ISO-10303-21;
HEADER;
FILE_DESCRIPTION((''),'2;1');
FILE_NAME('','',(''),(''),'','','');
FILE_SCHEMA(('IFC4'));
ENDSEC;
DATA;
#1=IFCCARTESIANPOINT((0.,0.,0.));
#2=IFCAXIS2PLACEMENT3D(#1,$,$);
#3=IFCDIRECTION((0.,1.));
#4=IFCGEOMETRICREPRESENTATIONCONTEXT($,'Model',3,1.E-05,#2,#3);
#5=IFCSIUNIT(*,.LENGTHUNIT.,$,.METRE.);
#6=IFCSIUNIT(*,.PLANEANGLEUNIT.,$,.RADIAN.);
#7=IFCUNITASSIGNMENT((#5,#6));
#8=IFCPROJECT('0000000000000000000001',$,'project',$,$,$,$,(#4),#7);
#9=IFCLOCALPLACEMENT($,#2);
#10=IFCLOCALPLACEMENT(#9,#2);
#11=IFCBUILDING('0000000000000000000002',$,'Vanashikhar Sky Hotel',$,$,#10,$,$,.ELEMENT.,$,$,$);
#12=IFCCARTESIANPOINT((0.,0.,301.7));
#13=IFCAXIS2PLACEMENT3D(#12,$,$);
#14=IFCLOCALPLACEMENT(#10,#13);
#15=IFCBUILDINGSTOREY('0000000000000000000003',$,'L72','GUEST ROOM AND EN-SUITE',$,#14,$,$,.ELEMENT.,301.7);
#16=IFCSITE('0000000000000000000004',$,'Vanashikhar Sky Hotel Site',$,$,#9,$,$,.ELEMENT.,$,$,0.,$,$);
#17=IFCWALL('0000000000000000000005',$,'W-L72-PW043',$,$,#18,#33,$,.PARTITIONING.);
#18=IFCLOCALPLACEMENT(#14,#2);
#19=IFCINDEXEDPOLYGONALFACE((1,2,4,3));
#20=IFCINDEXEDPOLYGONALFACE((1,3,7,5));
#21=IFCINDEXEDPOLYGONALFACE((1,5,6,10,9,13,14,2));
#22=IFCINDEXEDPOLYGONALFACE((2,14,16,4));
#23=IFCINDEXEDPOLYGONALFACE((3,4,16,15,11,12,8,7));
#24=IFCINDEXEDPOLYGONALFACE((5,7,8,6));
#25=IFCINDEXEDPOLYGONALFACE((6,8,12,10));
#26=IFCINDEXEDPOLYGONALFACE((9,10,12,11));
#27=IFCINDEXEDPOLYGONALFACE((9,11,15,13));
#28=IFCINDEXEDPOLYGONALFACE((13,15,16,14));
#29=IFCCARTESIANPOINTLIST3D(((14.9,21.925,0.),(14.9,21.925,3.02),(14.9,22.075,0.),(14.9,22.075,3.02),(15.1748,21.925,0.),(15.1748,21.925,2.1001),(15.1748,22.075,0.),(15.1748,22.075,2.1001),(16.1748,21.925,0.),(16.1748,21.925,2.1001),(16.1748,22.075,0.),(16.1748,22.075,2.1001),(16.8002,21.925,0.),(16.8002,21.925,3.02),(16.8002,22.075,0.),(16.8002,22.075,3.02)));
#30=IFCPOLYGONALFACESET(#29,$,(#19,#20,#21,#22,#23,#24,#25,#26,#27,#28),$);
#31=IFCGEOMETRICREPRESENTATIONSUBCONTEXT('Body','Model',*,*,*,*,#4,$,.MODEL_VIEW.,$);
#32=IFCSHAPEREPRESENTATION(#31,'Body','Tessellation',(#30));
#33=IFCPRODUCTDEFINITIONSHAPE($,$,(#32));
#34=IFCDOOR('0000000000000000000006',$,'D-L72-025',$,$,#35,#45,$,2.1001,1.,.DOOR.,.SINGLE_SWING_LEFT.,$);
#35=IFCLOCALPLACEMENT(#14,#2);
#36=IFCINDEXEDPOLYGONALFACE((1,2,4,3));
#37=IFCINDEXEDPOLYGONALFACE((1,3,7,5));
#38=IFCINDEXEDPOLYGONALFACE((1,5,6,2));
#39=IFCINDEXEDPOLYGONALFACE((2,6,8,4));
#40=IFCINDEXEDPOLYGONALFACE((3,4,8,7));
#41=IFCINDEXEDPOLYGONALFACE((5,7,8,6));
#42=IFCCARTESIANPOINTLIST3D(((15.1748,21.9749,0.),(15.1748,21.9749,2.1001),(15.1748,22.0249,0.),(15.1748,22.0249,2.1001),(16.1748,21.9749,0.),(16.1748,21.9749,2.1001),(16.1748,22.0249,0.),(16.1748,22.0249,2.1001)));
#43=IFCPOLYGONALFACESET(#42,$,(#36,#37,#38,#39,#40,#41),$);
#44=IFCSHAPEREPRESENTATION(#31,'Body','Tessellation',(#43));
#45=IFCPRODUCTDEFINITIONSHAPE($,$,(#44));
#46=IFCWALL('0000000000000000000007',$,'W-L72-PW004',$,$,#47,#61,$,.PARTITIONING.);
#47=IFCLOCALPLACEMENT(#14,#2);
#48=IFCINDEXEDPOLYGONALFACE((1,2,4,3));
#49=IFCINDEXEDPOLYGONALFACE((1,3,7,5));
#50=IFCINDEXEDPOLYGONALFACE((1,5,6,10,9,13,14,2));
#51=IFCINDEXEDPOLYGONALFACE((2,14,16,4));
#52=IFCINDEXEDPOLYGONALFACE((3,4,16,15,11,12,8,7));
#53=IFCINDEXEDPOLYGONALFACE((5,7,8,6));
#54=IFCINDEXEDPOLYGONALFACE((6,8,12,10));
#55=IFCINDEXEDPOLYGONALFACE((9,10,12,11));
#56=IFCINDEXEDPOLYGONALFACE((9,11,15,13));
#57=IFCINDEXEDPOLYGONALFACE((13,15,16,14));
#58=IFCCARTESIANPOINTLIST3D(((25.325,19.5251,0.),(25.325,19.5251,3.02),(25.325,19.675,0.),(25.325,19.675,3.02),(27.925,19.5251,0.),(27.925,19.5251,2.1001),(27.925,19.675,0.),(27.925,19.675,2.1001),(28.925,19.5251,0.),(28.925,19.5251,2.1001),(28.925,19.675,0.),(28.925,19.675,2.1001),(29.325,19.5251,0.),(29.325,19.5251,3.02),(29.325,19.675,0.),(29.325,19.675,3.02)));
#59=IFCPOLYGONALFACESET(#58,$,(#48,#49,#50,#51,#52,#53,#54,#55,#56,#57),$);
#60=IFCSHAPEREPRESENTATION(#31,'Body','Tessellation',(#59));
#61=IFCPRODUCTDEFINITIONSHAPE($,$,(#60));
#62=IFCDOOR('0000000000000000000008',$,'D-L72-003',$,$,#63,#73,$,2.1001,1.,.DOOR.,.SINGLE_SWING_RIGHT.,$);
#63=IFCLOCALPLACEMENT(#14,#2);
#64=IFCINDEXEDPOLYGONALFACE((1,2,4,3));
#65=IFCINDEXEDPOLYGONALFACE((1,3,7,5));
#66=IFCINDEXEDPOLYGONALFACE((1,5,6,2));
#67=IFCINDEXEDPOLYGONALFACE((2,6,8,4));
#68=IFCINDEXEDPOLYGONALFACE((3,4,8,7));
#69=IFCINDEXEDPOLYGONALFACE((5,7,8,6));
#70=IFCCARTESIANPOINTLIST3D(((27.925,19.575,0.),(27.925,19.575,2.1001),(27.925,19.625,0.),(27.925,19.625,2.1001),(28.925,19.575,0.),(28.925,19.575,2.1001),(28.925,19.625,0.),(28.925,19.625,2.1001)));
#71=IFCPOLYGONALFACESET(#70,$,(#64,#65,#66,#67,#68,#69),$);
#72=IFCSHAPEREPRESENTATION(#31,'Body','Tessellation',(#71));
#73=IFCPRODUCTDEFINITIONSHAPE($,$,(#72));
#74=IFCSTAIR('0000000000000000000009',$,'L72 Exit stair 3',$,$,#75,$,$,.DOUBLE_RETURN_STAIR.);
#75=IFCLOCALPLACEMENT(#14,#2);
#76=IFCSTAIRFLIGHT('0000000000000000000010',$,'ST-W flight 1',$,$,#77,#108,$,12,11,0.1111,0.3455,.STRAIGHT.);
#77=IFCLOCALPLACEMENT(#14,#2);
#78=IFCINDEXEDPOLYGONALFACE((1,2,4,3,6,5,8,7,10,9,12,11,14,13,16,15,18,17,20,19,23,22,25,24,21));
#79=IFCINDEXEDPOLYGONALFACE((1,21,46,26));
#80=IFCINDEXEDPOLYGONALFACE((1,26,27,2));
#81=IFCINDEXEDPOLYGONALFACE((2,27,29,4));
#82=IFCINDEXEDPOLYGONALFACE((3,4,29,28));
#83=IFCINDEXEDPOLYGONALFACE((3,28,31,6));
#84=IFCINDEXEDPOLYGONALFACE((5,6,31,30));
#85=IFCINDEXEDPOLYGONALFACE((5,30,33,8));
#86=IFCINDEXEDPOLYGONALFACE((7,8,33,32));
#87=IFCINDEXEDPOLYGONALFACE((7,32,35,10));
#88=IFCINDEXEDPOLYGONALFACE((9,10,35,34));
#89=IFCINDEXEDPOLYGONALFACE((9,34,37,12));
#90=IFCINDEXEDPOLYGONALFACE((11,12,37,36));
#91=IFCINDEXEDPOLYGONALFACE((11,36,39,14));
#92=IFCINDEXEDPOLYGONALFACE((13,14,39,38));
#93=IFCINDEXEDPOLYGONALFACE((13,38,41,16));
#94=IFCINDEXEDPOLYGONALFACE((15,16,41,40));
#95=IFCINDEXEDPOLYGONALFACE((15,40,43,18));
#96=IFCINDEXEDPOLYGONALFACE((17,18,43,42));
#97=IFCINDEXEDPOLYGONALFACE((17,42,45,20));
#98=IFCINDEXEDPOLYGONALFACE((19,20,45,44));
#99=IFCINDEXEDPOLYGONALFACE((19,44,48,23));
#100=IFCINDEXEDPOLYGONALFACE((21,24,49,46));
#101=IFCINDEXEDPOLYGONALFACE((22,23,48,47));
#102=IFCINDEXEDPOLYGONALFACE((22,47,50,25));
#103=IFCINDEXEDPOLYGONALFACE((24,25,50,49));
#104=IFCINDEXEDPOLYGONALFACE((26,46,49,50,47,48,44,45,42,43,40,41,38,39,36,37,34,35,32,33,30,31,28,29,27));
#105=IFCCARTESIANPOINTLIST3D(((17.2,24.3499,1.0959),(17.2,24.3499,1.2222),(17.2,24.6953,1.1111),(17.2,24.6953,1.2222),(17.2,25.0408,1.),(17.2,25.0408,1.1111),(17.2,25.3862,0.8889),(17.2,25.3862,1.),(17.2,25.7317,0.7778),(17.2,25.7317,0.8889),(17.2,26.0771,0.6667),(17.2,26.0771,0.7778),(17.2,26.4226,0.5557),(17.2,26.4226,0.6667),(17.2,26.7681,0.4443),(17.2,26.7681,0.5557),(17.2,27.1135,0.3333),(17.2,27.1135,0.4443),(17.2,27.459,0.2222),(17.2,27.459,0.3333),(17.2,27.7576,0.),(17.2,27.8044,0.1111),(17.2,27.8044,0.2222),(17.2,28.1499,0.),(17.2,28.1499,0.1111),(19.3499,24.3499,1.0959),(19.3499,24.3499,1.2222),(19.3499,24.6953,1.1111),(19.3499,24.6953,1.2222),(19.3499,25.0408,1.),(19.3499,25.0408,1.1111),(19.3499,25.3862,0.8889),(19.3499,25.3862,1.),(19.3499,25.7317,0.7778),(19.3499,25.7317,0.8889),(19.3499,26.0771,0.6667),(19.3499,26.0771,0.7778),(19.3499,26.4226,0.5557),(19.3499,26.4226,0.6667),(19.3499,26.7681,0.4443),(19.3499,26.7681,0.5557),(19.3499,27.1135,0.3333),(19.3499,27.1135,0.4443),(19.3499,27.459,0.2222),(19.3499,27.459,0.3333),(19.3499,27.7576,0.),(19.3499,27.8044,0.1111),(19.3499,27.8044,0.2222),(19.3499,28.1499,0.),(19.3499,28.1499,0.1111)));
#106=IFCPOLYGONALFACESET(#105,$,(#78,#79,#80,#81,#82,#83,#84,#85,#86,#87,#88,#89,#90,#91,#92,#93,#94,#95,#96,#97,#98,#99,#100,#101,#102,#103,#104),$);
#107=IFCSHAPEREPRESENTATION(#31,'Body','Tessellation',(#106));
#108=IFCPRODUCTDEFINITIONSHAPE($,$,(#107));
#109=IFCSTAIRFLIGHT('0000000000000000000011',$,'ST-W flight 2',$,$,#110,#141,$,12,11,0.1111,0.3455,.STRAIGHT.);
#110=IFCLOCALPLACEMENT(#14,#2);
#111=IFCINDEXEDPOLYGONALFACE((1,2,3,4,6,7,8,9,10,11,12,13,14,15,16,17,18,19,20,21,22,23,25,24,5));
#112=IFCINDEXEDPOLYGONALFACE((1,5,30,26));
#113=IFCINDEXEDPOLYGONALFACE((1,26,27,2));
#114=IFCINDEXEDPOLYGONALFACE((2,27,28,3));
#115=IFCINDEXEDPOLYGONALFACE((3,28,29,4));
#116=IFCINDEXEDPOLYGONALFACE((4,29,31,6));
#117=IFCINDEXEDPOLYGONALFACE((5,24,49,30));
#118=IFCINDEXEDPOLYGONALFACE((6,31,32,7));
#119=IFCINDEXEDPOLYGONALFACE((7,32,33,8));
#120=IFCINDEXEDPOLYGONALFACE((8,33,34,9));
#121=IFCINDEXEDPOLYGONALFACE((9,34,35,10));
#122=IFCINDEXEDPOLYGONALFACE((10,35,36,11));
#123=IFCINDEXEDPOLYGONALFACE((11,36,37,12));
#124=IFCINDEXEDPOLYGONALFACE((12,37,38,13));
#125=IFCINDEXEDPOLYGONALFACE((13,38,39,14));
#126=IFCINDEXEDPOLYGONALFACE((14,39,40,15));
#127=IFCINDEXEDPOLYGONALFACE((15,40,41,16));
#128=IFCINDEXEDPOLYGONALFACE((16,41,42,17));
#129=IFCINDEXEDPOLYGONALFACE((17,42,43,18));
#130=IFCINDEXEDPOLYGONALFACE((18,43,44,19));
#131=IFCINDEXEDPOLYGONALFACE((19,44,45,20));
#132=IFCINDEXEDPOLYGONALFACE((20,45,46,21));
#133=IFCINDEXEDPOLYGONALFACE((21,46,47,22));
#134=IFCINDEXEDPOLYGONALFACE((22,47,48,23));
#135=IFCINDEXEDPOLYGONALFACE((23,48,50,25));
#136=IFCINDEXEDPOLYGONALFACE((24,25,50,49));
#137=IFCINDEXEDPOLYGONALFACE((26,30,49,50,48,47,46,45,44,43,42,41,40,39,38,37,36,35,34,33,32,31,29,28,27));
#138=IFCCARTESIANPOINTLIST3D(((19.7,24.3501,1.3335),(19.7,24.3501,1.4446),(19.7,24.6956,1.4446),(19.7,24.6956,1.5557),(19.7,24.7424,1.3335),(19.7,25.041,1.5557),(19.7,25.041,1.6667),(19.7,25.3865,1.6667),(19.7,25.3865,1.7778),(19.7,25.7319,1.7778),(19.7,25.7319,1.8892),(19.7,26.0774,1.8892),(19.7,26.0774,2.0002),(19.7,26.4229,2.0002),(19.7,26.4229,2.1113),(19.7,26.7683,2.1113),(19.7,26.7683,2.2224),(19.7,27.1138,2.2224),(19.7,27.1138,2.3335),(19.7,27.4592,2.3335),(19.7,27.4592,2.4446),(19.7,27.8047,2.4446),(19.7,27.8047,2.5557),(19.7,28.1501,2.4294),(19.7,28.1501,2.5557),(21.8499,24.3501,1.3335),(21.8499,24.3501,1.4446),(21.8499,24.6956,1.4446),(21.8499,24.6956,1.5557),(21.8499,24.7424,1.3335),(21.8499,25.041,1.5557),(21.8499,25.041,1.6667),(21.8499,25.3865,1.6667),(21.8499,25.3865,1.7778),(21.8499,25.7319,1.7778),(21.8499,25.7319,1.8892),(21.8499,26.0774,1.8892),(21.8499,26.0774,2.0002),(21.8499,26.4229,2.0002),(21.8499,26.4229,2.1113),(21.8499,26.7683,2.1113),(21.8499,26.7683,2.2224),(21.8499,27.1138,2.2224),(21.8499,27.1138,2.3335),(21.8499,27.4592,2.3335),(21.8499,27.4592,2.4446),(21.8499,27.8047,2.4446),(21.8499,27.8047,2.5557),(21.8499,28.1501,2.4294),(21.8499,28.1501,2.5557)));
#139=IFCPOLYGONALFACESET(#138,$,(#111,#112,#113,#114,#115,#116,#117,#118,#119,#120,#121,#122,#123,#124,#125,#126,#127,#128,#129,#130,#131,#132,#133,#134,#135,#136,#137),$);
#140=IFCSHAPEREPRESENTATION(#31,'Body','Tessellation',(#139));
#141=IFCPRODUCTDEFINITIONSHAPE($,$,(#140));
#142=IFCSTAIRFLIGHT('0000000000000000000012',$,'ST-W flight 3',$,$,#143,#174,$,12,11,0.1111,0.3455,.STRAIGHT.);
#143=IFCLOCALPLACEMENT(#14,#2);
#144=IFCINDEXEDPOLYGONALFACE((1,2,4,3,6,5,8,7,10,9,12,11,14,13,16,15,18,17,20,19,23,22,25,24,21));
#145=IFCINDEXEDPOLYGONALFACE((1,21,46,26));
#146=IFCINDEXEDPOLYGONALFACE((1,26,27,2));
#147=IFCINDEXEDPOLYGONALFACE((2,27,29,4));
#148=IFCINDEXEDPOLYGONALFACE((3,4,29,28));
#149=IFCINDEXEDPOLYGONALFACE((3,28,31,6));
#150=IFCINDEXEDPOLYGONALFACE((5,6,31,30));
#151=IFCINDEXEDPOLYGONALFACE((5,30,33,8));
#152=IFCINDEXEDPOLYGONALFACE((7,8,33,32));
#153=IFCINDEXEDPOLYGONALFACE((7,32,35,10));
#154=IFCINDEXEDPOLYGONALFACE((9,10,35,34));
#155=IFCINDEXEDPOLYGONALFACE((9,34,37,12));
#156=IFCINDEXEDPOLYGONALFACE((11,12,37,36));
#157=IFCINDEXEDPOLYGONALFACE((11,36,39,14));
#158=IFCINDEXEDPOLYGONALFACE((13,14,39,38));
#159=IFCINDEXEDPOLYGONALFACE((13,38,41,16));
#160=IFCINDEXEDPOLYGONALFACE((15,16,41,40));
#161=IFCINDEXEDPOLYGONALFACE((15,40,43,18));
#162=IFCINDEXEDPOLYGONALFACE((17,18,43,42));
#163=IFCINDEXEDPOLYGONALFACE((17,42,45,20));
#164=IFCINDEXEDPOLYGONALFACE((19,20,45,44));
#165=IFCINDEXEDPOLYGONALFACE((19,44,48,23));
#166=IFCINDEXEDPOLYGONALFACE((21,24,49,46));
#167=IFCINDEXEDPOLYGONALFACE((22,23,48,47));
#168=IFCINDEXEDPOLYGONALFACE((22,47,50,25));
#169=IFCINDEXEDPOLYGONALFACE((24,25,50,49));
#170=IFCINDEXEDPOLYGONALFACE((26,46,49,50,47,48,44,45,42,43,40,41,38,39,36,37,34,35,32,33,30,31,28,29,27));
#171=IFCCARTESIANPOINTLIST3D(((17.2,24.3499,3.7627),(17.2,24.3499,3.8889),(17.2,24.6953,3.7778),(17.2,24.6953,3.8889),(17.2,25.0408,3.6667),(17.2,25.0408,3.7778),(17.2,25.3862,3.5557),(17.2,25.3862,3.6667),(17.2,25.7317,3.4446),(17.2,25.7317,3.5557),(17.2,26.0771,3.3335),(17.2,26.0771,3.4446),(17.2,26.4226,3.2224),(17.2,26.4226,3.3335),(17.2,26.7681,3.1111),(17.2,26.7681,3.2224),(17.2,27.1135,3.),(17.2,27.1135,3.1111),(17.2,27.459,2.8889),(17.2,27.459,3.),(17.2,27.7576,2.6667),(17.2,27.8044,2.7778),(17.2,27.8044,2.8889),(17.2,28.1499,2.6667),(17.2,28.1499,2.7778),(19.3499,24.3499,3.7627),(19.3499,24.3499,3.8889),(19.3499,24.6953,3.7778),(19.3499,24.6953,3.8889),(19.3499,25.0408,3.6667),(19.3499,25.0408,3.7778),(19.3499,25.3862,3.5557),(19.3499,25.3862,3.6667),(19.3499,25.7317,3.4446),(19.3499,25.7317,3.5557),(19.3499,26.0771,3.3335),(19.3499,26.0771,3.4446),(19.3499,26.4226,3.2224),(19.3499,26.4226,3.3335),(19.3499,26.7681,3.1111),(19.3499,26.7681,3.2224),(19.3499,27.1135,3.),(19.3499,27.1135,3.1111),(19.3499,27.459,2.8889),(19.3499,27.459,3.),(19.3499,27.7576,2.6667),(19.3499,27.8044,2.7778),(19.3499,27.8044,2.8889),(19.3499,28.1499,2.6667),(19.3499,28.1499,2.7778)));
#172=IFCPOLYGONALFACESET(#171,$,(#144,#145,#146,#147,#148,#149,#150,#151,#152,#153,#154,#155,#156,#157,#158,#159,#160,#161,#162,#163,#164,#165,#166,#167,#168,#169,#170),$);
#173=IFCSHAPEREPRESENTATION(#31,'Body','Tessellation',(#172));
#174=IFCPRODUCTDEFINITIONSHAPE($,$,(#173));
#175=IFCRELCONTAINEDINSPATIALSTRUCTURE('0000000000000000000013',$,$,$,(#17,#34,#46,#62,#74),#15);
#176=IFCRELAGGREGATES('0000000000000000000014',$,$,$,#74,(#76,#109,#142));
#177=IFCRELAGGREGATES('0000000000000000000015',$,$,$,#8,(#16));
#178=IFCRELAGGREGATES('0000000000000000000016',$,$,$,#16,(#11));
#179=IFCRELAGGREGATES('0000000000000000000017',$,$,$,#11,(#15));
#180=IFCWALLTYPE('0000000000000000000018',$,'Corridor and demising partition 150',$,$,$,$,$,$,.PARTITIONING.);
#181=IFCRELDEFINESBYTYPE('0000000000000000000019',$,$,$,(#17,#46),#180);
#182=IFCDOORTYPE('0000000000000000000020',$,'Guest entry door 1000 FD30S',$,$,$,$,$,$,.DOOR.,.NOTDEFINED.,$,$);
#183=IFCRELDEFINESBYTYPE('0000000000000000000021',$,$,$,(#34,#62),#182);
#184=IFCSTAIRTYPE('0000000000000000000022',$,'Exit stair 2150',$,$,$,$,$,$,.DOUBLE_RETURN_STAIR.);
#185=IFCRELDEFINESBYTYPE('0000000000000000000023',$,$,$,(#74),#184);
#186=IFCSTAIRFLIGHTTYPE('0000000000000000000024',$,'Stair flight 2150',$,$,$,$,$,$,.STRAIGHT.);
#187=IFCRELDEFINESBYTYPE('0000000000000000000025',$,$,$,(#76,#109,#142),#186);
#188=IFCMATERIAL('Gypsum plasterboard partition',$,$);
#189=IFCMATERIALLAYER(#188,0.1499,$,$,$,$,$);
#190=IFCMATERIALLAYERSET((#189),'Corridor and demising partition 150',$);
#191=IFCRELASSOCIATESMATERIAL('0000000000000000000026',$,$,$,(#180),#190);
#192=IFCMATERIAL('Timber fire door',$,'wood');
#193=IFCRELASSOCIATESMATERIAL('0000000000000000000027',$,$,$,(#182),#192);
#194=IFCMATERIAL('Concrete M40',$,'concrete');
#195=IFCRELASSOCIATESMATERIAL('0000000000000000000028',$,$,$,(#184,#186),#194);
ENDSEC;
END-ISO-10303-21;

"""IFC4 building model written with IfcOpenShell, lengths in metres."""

from ifc_helpers import new_model, si_unit, direction, frame, frame_2d, origin, place, context, subcontext, project, spatial, polyline, rectangle, outline, extrude, source, transform, mapped, material, layer, layer_set, type_object, element, fill, aggregate, save


model = new_model("IFC4")

# Units and contexts
model_context = context("Model", 3, precision=1e-05, world=origin(), true_north=direction((0.0, 1.0)))
body_context = subcontext(model_context, "Body", "Model", "MODEL_VIEW")
ifc_project = project(units=[si_unit("LENGTHUNIT", "METRE"), si_unit("PLANEANGLEUNIT", "RADIAN")], contexts=[model_context])

# Site, building, storey
site_placement = place(None, origin())
site = spatial("IfcSite", under=ifc_project, at=site_placement, Name="Vanashikhar Sky Hotel Site", CompositionType="ELEMENT", RefElevation=0.0)
building_placement = place(site_placement, origin())
building = spatial("IfcBuilding", under=site, at=building_placement, Name="Vanashikhar Sky Hotel", CompositionType="ELEMENT")
storey_placement = place(building_placement, frame((0.0, 0.0, 301.7)))
storey = spatial("IfcBuildingStorey", under=building, at=storey_placement, Name="L72", Description="GUEST ROOM AND EN-SUITE", CompositionType="ELEMENT", Elevation=301.7)

# Walls, openings, doors
ifc_material_1 = material(Name="Gypsum plasterboard partition")
ifc_layer_1 = layer(ifc_material_1, 0.1499)
ifc_layer_set_1 = layer_set([ifc_layer_1], Name="Corridor and demising partition 150")
wall_type_1 = type_object("IfcWallType", Name="Corridor and demising partition 150", PredefinedType="PARTITIONING", material=ifc_layer_set_1)
ifc_material_2 = material(Name="Timber fire door", Category="wood")
shared_shape_1 = source(origin(), body_context, "Body", "SweptSolid", [
    extrude(rectangle(XDim=1.9001, YDim=0.1499, at=frame_2d((0.9502, 0.0))), origin(), (0.0, 0.0, 1.0), 3.02),
])
wall_1_placement = place(storey_placement, frame((14.8999, 22.0, 0.0), z_axis=(0.0, 0.0, 1.0), x_axis=(1.0, 0.0, 0.0)))
wall_1 = element("IfcWall", 1, at=wall_1_placement, inside=storey, type_object=wall_type_1, Name="W-L72-PW043", PredefinedType="PARTITIONING", context=body_context, shape_type="MappedRepresentation", body=[
    mapped(shared_shape_1, transform((0.0, 0.0, 0.0), scale=1.0)),
])
shared_shape_2 = source(origin(), body_context, "Body", "SweptSolid", [
    extrude(rectangle(XDim=1.0, YDim=2.1001, at=frame_2d((0.5, 1.05))), frame((0.0, 0.085, 0.0), z_axis=(0.0, -1.0, 0.0), x_axis=(1.0, 0.0, 0.0)), (0.0, 0.0, 1.0), 0.1699),
])
opening_1_placement = place(wall_1_placement, frame((0.2749, 0.0, 0.0)))
opening_1 = element("IfcOpeningElement", 2, at=opening_1_placement, cuts=wall_1, PredefinedType="OPENING", context=body_context, shape_type="MappedRepresentation", body=[
    mapped(shared_shape_2, transform((0.0, 0.0, 0.0), scale=1.0)),
])
door_type_1 = type_object("IfcDoorType", Name="Guest entry door 1000 FD30S", OperationType="NOTDEFINED", PredefinedType="DOOR", material=ifc_material_2)
shared_shape_3 = source(origin(), body_context, "Body", "SweptSolid", [
    extrude(rectangle(XDim=1.0, YDim=2.1001, at=frame_2d((0.5, 1.05))), frame((0.0, 0.0249, 0.0), z_axis=(0.0, -1.0, 0.0), x_axis=(1.0, 0.0, 0.0)), (0.0, 0.0, 1.0), 0.05),
])
door_1_placement = place(opening_1_placement, origin())
door_1 = element("IfcDoor", 3, at=door_1_placement, inside=storey, type_object=door_type_1, Name="D-L72-025", OperationType="SINGLE_SWING_LEFT", OverallHeight=2.1001, OverallWidth=1.0, PredefinedType="DOOR", context=body_context, shape_type="MappedRepresentation", body=[
    mapped(shared_shape_3, transform((0.0, 0.0, 0.0), scale=1.0)),
])
fill(opening_1, door_1)
shared_shape_4 = source(origin(), body_context, "Body", "SweptSolid", [
    extrude(rectangle(XDim=4.0, YDim=0.1499, at=frame_2d((2.0, 0.0))), origin(), (0.0, 0.0, 1.0), 3.02),
])
wall_2_placement = place(storey_placement, frame((25.325, 19.6001, 0.0), z_axis=(0.0, 0.0, 1.0), x_axis=(1.0, 0.0, 0.0)))
wall_2 = element("IfcWall", 4, at=wall_2_placement, inside=storey, type_object=wall_type_1, Name="W-L72-PW004", PredefinedType="PARTITIONING", context=body_context, shape_type="MappedRepresentation", body=[
    mapped(shared_shape_4, transform((0.0, 0.0, 0.0), scale=1.0)),
])
opening_2_placement = place(wall_2_placement, frame((2.6001, 0.0, 0.0)))
opening_2 = element("IfcOpeningElement", 5, at=opening_2_placement, cuts=wall_2, PredefinedType="OPENING", context=body_context, shape_type="MappedRepresentation", body=[
    mapped(shared_shape_2, transform((0.0, 0.0, 0.0), scale=1.0)),
])
door_2_placement = place(opening_2_placement, origin())
door_2 = element("IfcDoor", 6, at=door_2_placement, inside=storey, type_object=door_type_1, Name="D-L72-003", OperationType="SINGLE_SWING_RIGHT", OverallHeight=2.1001, OverallWidth=1.0, PredefinedType="DOOR", context=body_context, shape_type="MappedRepresentation", body=[
    mapped(shared_shape_3, transform((0.0, 0.0, 0.0), scale=1.0)),
])
fill(opening_2, door_2)

# Stair, stair flights
ifc_material_3 = material(Name="Concrete M40", Category="concrete")
stair_type = type_object("IfcStairType", Name="Exit stair 2150", PredefinedType="DOUBLE_RETURN_STAIR", material=ifc_material_3)
stair_placement = place(storey_placement, origin())
stair = element("IfcStair", 7, at=stair_placement, inside=storey, type_object=stair_type, Name="L72 Exit stair 3", PredefinedType="DOUBLE_RETURN_STAIR")
stair_flight_type = type_object("IfcStairFlightType", Name="Stair flight 2150", PredefinedType="STRAIGHT", material=ifc_material_3)
shared_shape_5 = source(origin(), body_context, "Body", "SweptSolid", [
    extrude(outline(polyline([(0.0, 0.0), (0.0, 0.1111), (0.3455, 0.1111), (0.3455, 0.2222), (0.6909, 0.2222), (0.6909, 0.3333), (1.0364, 0.3333), (1.0364, 0.4443), (1.3818, 0.4443), (1.3818, 0.5557), (1.7273, 0.5557), (1.7273, 0.6667), (2.0728, 0.6667), (2.0728, 0.7778), (2.4182, 0.7778), (2.4182, 0.8889), (2.7637, 0.8889), (2.7637, 1.0), (3.1091, 1.0), (3.1091, 1.1111), (3.4546, 1.1111), (3.4546, 1.2222), (3.8, 1.2222), (3.8, 1.3333), (3.8, 1.0959), (0.3923, 0.0), (0.0, 0.0)])), frame((0.0, 1.075, 0.0), z_axis=(0.0, -1.0, 0.0), x_axis=(1.0, 0.0, 0.0)), (0.0, 0.0, 1.0), 2.1499),
])
stair_flight_1_placement = place(storey_placement, frame((18.2749, 28.1499, 0.0), z_axis=(0.0, 0.0, 1.0), x_axis=(0.0, -1.0, 0.0)))
stair_flight_1 = element("IfcStairFlight", 8, at=stair_flight_1_placement, type_object=stair_flight_type, Name="ST-W flight 1", NumberOfRisers=12, NumberOfTreads=11, PredefinedType="STRAIGHT", RiserHeight=0.1111, TreadLength=0.3455, context=body_context, shape_type="MappedRepresentation", body=[
    mapped(shared_shape_5, transform((0.0, 0.0, 0.0), scale=1.0)),
])
stair_flight_2_placement = place(storey_placement, frame((20.7749, 24.3501, 1.3335), z_axis=(0.0, 0.0, 1.0), x_axis=(0.0, 1.0, 0.0)))
stair_flight_2 = element("IfcStairFlight", 9, at=stair_flight_2_placement, type_object=stair_flight_type, Name="ST-W flight 2", NumberOfRisers=12, NumberOfTreads=11, PredefinedType="STRAIGHT", RiserHeight=0.1111, TreadLength=0.3455, context=body_context, shape_type="MappedRepresentation", body=[
    mapped(shared_shape_5, transform((0.0, 0.0, 0.0), scale=1.0)),
])
stair_flight_3_placement = place(storey_placement, frame((18.2749, 28.1499, 2.6667), z_axis=(0.0, 0.0, 1.0), x_axis=(0.0, -1.0, 0.0)))
stair_flight_3 = element("IfcStairFlight", 10, at=stair_flight_3_placement, type_object=stair_flight_type, Name="ST-W flight 3", NumberOfRisers=12, NumberOfTreads=11, PredefinedType="STRAIGHT", RiserHeight=0.1111, TreadLength=0.3455, context=body_context, shape_type="MappedRepresentation", body=[
    mapped(shared_shape_5, transform((0.0, 0.0, 0.0), scale=1.0)),
])
aggregate(stair, [stair_flight_1, stair_flight_2, stair_flight_3])

save(model, "model.ifc")
